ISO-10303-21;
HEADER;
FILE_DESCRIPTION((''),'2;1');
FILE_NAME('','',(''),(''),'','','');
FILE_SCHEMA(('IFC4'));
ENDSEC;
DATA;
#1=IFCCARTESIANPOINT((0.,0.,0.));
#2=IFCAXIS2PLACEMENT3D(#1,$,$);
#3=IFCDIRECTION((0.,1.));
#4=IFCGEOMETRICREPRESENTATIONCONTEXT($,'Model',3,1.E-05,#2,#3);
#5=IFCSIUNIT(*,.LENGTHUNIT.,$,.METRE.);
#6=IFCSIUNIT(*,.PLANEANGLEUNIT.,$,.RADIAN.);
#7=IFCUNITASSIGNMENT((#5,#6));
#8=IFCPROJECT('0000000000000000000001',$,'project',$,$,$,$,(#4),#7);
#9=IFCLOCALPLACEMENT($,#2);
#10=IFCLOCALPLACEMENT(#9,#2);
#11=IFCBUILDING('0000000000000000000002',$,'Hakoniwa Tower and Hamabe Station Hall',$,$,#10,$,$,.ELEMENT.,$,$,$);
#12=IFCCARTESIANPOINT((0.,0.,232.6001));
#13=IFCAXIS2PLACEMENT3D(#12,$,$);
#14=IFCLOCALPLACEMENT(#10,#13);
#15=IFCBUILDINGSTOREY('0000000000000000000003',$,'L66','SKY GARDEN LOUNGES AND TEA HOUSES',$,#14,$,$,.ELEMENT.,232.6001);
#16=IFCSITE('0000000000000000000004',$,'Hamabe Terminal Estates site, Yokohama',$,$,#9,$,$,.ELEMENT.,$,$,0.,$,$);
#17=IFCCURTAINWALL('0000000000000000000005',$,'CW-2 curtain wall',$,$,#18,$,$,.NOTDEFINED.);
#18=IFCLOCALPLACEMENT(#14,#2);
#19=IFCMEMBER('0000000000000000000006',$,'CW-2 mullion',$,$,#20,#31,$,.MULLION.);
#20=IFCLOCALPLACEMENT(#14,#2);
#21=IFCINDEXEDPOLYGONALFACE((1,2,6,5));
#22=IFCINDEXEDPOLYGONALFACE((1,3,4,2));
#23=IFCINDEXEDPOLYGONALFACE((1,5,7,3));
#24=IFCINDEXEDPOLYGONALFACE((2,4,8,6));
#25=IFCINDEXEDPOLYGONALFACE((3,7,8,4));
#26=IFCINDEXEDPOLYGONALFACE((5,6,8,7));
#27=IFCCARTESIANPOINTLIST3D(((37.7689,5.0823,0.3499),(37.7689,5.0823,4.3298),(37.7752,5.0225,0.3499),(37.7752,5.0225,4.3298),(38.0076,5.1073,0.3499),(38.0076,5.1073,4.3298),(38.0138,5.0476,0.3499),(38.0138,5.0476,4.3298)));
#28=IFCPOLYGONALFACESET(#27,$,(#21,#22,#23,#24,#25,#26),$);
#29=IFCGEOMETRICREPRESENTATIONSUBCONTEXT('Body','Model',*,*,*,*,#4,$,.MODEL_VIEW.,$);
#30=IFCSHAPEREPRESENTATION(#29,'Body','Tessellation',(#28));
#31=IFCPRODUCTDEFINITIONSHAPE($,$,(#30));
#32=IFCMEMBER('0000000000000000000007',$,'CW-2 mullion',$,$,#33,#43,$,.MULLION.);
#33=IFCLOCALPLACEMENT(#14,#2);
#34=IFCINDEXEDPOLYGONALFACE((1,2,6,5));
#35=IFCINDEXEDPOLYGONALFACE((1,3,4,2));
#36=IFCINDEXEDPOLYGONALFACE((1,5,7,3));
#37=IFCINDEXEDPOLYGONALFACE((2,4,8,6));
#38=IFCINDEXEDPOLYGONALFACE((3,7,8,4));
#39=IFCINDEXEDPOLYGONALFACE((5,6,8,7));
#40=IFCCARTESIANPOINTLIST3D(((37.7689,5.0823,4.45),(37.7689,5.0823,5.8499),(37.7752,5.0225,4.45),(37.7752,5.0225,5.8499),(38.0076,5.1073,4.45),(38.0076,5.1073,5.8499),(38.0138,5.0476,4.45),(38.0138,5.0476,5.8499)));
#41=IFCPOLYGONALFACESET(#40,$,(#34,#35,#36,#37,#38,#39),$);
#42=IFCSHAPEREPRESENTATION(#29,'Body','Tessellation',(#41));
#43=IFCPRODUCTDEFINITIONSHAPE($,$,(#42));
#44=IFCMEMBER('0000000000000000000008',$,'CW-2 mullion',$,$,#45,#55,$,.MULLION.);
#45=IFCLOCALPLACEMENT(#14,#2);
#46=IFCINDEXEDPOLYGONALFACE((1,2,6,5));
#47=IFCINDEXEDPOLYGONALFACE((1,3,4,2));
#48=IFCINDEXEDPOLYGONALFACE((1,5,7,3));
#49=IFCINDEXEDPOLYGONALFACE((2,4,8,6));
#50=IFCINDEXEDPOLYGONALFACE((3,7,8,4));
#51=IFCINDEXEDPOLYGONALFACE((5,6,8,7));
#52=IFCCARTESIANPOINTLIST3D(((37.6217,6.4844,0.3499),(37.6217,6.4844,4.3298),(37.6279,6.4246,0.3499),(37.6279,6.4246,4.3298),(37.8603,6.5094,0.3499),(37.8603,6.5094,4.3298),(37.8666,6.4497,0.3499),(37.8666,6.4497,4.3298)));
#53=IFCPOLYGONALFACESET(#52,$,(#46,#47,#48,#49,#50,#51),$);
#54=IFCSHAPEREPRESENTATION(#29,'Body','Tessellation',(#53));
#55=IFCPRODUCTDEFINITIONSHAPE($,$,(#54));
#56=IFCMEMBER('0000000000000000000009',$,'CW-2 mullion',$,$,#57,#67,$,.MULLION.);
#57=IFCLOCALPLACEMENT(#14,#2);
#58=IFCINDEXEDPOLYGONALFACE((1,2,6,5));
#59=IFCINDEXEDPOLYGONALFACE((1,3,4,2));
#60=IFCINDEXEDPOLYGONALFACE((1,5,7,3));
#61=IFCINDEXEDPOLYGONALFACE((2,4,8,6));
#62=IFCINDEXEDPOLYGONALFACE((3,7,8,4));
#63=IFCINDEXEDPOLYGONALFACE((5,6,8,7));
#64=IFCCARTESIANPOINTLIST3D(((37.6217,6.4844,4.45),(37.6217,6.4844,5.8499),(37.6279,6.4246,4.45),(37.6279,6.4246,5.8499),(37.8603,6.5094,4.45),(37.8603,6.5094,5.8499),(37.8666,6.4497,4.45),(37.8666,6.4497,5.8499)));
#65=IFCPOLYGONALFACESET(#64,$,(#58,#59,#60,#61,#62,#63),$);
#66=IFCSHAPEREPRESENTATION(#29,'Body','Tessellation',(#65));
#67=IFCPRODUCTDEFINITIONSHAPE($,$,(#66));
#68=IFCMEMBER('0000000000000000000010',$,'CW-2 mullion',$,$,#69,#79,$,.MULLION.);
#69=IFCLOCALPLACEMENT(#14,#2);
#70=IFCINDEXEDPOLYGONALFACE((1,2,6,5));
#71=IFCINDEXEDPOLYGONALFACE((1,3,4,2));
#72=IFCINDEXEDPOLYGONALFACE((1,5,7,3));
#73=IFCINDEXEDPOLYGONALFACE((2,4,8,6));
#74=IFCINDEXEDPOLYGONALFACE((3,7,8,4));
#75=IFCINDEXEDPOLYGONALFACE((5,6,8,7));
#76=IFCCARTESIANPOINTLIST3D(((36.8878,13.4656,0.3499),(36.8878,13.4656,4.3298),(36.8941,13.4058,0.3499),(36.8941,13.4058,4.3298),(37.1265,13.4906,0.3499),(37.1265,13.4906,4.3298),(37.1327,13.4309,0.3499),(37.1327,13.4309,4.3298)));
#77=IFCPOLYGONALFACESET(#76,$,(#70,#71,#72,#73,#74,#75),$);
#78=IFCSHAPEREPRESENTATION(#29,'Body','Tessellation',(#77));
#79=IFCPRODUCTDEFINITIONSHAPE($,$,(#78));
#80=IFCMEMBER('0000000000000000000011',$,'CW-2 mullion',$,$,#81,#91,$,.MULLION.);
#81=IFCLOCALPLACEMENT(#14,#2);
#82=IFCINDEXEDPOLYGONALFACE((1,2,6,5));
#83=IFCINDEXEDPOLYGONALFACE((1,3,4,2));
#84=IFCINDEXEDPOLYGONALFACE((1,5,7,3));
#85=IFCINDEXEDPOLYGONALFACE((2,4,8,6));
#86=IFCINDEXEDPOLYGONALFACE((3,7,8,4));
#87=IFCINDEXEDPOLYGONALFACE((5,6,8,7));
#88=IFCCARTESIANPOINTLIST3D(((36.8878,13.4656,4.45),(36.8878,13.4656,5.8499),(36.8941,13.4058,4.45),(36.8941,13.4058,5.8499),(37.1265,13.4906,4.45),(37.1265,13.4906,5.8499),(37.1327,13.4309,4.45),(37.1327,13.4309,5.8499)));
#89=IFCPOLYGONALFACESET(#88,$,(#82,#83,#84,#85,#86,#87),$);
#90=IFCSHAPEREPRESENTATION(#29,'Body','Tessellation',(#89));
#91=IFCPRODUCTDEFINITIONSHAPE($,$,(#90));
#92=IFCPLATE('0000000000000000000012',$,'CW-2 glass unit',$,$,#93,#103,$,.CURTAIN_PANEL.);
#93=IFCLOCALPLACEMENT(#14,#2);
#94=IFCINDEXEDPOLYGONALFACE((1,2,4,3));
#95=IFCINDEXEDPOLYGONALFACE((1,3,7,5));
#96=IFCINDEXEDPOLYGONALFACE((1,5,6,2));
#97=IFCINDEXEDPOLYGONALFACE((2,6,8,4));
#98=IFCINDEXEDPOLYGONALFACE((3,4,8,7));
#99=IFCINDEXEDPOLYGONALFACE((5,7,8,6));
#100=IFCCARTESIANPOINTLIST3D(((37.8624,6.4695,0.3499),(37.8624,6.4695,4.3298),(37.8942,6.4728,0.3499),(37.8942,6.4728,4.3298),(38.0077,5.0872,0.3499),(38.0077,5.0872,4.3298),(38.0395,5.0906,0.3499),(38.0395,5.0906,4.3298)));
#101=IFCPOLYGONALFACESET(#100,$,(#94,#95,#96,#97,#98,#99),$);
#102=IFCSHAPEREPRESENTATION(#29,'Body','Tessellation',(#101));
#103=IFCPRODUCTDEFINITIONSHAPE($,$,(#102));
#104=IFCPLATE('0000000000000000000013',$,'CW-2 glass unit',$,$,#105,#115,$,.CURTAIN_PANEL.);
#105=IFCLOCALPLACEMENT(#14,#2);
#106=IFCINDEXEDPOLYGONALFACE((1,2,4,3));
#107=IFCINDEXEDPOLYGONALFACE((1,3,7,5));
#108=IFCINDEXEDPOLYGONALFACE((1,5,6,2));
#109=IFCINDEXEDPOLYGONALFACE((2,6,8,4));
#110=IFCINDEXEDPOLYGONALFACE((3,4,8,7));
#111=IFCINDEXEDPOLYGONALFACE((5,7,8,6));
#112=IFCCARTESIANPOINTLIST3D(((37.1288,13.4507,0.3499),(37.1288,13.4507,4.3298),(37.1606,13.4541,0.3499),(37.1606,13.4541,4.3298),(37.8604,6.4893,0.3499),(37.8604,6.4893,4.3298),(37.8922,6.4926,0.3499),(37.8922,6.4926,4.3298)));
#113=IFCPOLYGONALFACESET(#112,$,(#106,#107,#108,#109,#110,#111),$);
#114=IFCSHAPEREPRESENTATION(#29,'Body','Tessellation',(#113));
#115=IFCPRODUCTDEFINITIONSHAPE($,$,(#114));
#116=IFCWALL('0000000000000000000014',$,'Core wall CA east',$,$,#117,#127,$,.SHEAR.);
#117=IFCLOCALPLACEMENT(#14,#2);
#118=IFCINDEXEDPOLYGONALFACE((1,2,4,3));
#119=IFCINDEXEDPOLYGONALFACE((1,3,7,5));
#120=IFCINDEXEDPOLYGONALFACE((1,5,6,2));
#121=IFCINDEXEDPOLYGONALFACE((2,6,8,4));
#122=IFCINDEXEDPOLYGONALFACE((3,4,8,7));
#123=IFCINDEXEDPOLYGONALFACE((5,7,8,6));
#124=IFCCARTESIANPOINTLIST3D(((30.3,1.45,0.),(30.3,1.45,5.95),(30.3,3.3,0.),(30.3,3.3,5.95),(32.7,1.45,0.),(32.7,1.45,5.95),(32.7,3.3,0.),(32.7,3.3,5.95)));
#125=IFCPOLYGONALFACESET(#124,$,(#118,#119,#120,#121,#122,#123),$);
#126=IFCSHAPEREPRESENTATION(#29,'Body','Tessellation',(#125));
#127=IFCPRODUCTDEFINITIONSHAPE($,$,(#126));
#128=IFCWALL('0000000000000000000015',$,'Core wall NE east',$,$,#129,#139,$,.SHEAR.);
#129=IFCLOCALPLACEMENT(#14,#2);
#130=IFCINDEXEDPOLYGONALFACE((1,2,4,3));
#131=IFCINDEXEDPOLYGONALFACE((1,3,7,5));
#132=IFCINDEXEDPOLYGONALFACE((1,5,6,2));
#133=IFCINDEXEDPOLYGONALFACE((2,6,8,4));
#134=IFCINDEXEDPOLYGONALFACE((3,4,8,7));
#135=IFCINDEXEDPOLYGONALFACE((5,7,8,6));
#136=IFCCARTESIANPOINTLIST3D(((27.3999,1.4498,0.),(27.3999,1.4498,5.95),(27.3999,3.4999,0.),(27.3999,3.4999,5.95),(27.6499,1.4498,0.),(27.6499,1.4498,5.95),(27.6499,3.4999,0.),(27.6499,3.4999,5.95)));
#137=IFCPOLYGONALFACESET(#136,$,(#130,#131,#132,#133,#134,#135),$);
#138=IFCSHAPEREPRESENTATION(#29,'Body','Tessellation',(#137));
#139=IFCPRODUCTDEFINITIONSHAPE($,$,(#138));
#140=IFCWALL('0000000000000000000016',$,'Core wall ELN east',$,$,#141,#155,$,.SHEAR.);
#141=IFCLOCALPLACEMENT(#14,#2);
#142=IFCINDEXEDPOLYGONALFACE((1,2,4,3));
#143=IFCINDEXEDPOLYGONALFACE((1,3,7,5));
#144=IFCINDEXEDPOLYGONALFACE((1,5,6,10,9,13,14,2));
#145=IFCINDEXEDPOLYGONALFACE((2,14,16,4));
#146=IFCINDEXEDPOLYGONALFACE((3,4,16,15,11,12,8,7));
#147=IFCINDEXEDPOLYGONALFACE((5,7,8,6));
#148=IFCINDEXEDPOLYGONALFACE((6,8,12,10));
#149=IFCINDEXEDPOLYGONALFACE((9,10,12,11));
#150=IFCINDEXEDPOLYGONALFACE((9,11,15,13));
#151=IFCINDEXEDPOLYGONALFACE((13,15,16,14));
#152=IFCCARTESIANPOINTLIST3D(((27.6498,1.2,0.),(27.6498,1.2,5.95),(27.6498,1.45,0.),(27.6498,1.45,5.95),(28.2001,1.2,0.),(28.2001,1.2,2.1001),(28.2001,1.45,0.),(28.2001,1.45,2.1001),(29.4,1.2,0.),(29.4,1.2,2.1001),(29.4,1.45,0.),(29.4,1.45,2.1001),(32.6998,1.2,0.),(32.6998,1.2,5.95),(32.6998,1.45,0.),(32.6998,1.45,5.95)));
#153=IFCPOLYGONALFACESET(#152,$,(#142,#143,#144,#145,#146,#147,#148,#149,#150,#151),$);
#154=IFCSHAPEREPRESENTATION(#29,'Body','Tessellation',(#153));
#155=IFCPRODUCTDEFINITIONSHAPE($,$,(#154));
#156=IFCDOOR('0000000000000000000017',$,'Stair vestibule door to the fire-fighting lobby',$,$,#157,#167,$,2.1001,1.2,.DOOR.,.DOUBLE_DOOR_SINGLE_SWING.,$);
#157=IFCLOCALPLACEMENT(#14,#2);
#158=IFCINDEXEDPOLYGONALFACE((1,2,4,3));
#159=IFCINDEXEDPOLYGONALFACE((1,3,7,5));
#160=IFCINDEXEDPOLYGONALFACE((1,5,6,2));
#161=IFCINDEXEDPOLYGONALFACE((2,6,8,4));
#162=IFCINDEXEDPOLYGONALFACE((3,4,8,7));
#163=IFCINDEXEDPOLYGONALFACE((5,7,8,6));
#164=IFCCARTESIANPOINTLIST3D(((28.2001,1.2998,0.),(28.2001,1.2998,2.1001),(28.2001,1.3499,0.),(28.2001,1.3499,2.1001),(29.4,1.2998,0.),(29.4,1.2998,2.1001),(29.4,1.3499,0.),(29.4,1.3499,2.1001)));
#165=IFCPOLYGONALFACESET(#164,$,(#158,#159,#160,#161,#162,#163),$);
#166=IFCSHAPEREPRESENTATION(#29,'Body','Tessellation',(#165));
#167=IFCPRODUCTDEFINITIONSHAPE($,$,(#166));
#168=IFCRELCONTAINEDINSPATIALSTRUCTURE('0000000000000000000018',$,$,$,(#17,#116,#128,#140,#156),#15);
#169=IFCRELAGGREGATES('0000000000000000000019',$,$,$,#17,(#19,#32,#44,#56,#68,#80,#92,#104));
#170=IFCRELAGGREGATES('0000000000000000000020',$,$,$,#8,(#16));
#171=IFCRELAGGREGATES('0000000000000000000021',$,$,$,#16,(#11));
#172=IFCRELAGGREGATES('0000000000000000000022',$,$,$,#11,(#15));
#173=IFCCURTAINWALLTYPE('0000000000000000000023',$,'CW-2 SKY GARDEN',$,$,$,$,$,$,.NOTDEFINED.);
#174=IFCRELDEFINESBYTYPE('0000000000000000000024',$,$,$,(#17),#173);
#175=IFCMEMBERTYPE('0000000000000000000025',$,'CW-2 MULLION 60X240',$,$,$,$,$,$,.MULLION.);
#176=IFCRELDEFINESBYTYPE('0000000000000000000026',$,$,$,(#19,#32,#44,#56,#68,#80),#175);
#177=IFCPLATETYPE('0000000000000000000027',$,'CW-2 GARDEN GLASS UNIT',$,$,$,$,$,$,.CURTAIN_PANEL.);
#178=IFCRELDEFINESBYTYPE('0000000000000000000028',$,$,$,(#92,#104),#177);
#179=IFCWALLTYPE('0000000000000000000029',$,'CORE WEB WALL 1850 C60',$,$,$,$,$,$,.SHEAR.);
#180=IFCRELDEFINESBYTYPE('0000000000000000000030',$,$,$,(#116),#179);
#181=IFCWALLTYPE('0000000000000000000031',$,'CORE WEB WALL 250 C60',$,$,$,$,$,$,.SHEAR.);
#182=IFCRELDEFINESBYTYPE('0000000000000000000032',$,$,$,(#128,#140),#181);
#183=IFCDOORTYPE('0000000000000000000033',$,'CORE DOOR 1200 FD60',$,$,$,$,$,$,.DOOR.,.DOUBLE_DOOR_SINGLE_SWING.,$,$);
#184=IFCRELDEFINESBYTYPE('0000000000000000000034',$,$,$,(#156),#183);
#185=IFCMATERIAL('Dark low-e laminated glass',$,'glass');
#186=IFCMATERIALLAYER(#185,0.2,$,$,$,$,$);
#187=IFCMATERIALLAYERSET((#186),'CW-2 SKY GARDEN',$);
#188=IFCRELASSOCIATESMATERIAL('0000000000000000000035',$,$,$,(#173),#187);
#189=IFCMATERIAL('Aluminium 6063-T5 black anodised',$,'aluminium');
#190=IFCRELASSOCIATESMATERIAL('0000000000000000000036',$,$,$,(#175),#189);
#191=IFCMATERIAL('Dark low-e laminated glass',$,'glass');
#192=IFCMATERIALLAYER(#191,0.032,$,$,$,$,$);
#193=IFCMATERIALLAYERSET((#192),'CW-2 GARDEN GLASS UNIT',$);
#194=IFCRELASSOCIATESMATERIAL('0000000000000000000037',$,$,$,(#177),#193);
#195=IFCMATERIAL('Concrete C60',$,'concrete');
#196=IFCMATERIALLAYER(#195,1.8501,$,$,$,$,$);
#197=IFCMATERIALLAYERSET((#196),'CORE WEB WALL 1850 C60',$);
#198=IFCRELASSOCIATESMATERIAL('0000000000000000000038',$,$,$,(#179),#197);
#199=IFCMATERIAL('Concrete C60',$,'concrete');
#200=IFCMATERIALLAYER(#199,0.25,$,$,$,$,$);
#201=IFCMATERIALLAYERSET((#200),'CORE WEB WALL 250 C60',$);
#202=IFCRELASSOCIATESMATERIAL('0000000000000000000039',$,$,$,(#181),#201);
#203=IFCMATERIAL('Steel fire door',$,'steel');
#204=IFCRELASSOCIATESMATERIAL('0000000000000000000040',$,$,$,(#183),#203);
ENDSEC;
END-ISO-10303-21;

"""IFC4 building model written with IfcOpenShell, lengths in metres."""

from ifc_helpers import new_model, si_unit, direction, frame, frame_2d, origin, origin_2d, place, context, subcontext, project, spatial, rectangle, extrude, material, layer, layer_set, material_profile, profile_set, type_object, element, fill, aggregate, save


model = new_model("IFC4")

# Units and contexts
model_context = context("Model", 3, precision=1e-05, world=origin(), true_north=direction((0.0, 1.0)))
body_context = subcontext(model_context, "Body", "Model", "MODEL_VIEW")
ifc_project = project(units=[si_unit("LENGTHUNIT", "METRE"), si_unit("PLANEANGLEUNIT", "RADIAN")], contexts=[model_context])

# Site, building, storey
site_placement = place(None, origin())
site = spatial("IfcSite", under=ifc_project, at=site_placement, Name="Hamabe Terminal Estates site, Yokohama", CompositionType="ELEMENT", RefElevation=0.0)
building_placement = place(site_placement, origin())
building = spatial("IfcBuilding", under=site, at=building_placement, Name="Hakoniwa Tower and Hamabe Station Hall", CompositionType="ELEMENT")
storey_placement = place(building_placement, frame((0.0, 0.0, 232.6001)))
storey = spatial("IfcBuildingStorey", under=building, at=storey_placement, Name="L66", Description="SKY GARDEN LOUNGES AND TEA HOUSES", CompositionType="ELEMENT", Elevation=232.6001)

# Curtain wall, members, plates
ifc_material_1 = material(Name="Dark low-e laminated glass", Category="glass")
ifc_layer_1 = layer(ifc_material_1, 0.2)
ifc_layer_set_1 = layer_set([ifc_layer_1], Name="CW-2 SKY GARDEN")
curtain_wall_type = type_object("IfcCurtainWallType", Name="CW-2 SKY GARDEN", PredefinedType="NOTDEFINED", material=ifc_layer_set_1)
curtain_wall_placement = place(storey_placement, origin())
curtain_wall = element("IfcCurtainWall", 1, at=curtain_wall_placement, inside=storey, type_object=curtain_wall_type, Name="CW-2 curtain wall", PredefinedType="NOTDEFINED")
ifc_material_2 = material(Name="Aluminium 6063-T5 black anodised", Category="aluminium")
ifc_material_profile_1 = material_profile(ifc_material_2, rectangle(XDim=0.0601, YDim=0.24, at=origin_2d()), Name="CW-2 MULLION 60X240")
ifc_profile_set_1 = profile_set([ifc_material_profile_1], Name="Aluminium 6063-T5 black anodised")
member_type_1 = type_object("IfcMemberType", Name="CW-2 MULLION 60X240", PredefinedType="MULLION", material=ifc_profile_set_1)
member_1_placement = place(storey_placement, frame((37.8914, 5.0649, 0.3499), z_axis=(0.0, 0.0, 1.0), x_axis=(-0.104528, 0.994522, 0.0)))
member_1 = element("IfcMember", 2, at=member_1_placement, type_object=member_type_1, Name="CW-2 mullion", PredefinedType="MULLION", context=body_context, shape_type="SweptSolid", body=[
    extrude(rectangle(XDim=0.0601, YDim=0.24, at=origin_2d()), origin(), (0.0, 0.0, 1.0), 3.98),
])
member_2_placement = place(storey_placement, frame((37.8914, 5.0649, 4.45), z_axis=(0.0, 0.0, 1.0), x_axis=(-0.104528, 0.994522, 0.0)))
member_2 = element("IfcMember", 3, at=member_2_placement, type_object=member_type_1, Name="CW-2 mullion", PredefinedType="MULLION", context=body_context, shape_type="SweptSolid", body=[
    extrude(rectangle(XDim=0.0601, YDim=0.24, at=origin_2d()), origin(), (0.0, 0.0, 1.0), 1.3999),
])
member_3_placement = place(storey_placement, frame((37.7441, 6.467, 0.3499), z_axis=(0.0, 0.0, 1.0), x_axis=(-0.104528, 0.994522, 0.0)))
member_3 = element("IfcMember", 4, at=member_3_placement, type_object=member_type_1, Name="CW-2 mullion", PredefinedType="MULLION", context=body_context, shape_type="SweptSolid", body=[
    extrude(rectangle(XDim=0.0601, YDim=0.24, at=origin_2d()), origin(), (0.0, 0.0, 1.0), 3.98),
])
member_4_placement = place(storey_placement, frame((37.7441, 6.467, 4.45), z_axis=(0.0, 0.0, 1.0), x_axis=(-0.104528, 0.994522, 0.0)))
member_4 = element("IfcMember", 5, at=member_4_placement, type_object=member_type_1, Name="CW-2 mullion", PredefinedType="MULLION", context=body_context, shape_type="SweptSolid", body=[
    extrude(rectangle(XDim=0.0601, YDim=0.24, at=origin_2d()), origin(), (0.0, 0.0, 1.0), 1.3999),
])
member_5_placement = place(storey_placement, frame((37.0103, 13.4482, 0.3499), z_axis=(0.0, 0.0, 1.0), x_axis=(-0.104528, 0.994522, 0.0)))
member_5 = element("IfcMember", 6, at=member_5_placement, type_object=member_type_1, Name="CW-2 mullion", PredefinedType="MULLION", context=body_context, shape_type="SweptSolid", body=[
    extrude(rectangle(XDim=0.0601, YDim=0.24, at=origin_2d()), origin(), (0.0, 0.0, 1.0), 3.98),
])
member_6_placement = place(storey_placement, frame((37.0103, 13.4482, 4.45), z_axis=(0.0, 0.0, 1.0), x_axis=(-0.104528, 0.994522, 0.0)))
member_6 = element("IfcMember", 7, at=member_6_placement, type_object=member_type_1, Name="CW-2 mullion", PredefinedType="MULLION", context=body_context, shape_type="SweptSolid", body=[
    extrude(rectangle(XDim=0.0601, YDim=0.24, at=origin_2d()), origin(), (0.0, 0.0, 1.0), 1.3999),
])
ifc_material_3 = material(Name="Dark low-e laminated glass", Category="glass")
ifc_layer_2 = layer(ifc_material_3, 0.032)
ifc_layer_set_2 = layer_set([ifc_layer_2], Name="CW-2 GARDEN GLASS UNIT")
plate_type = type_object("IfcPlateType", Name="CW-2 GARDEN GLASS UNIT", PredefinedType="CURTAIN_PANEL", material=ifc_layer_set_2)
plate_1_placement = place(storey_placement, frame((37.9509, 5.78, 0.3499), z_axis=(0.0, 0.0, 1.0), x_axis=(-0.104528, 0.994522, 0.0)))
plate_1 = element("IfcPlate", 8, at=plate_1_placement, type_object=plate_type, Name="CW-2 glass unit", PredefinedType="CURTAIN_PANEL", context=body_context, shape_type="SweptSolid", body=[
    extrude(rectangle(XDim=1.3899, YDim=0.032, at=origin_2d()), origin(), (0.0, 0.0, 1.0), 3.98),
])
plate_2_placement = place(storey_placement, frame((37.5105, 9.9717, 0.3499), z_axis=(0.0, 0.0, 1.0), x_axis=(-0.104528, 0.994522, 0.0)))
plate_2 = element("IfcPlate", 9, at=plate_2_placement, type_object=plate_type, Name="CW-2 glass unit", PredefinedType="CURTAIN_PANEL", context=body_context, shape_type="SweptSolid", body=[
    extrude(rectangle(XDim=6.9998, YDim=0.032, at=origin_2d()), origin(), (0.0, 0.0, 1.0), 3.98),
])

# Walls
ifc_material_4 = material(Name="Concrete C60", Category="concrete")
ifc_layer_3 = layer(ifc_material_4, 1.8501)
ifc_layer_set_3 = layer_set([ifc_layer_3], Name="CORE WEB WALL 1850 C60")
wall_type_1 = type_object("IfcWallType", Name="CORE WEB WALL 1850 C60", PredefinedType="SHEAR", material=ifc_layer_set_3)
wall_1_placement = place(storey_placement, frame((30.3, 2.375, 0.0), z_axis=(0.0, 0.0, 1.0), x_axis=(1.0, 0.0, 0.0)))
element("IfcWall", 10, at=wall_1_placement, inside=storey, type_object=wall_type_1, Name="Core wall CA east", PredefinedType="SHEAR", context=body_context, shape_type="SweptSolid", body=[
    extrude(rectangle(XDim=2.3999, YDim=1.8501, at=frame_2d((1.2, 0.0))), origin(), (0.0, 0.0, 1.0), 5.95),
])
ifc_material_5 = material(Name="Concrete C60", Category="concrete")
ifc_layer_4 = layer(ifc_material_5, 0.25)
ifc_layer_set_4 = layer_set([ifc_layer_4], Name="CORE WEB WALL 250 C60")
wall_type_2 = type_object("IfcWallType", Name="CORE WEB WALL 250 C60", PredefinedType="SHEAR", material=ifc_layer_set_4)
wall_2_placement = place(storey_placement, frame((27.5249, 1.45, 0.0), z_axis=(0.0, 0.0, 1.0), x_axis=(0.0, 1.0, 0.0)))
element("IfcWall", 11, at=wall_2_placement, inside=storey, type_object=wall_type_2, Name="Core wall NE east", PredefinedType="SHEAR", context=body_context, shape_type="SweptSolid", body=[
    extrude(rectangle(XDim=2.05, YDim=0.25, at=frame_2d((1.0249, 0.0))), origin(), (0.0, 0.0, 1.0), 5.95),
])

# Wall, opening, door
wall_3_placement = place(storey_placement, frame((27.6499, 1.325, 0.0), z_axis=(0.0, 0.0, 1.0), x_axis=(1.0, 0.0, 0.0)))
wall_3 = element("IfcWall", 12, at=wall_3_placement, inside=storey, type_object=wall_type_2, Name="Core wall ELN east", PredefinedType="SHEAR", context=body_context, shape_type="SweptSolid", body=[
    extrude(rectangle(XDim=5.05, YDim=0.25, at=frame_2d((2.5249, 0.0))), origin(), (0.0, 0.0, 1.0), 5.95),
])
opening_1_placement = place(wall_3_placement, frame((0.55, 0.0, 0.0)))
opening_1 = element("IfcOpeningElement", 13, at=opening_1_placement, cuts=wall_3, PredefinedType="OPENING", context=body_context, shape_type="SweptSolid", body=[
    extrude(rectangle(XDim=1.2, YDim=2.1001, at=frame_2d((0.6001, 1.05))), frame((0.0, 0.135, 0.0), z_axis=(0.0, -1.0, 0.0), x_axis=(1.0, 0.0, 0.0)), (0.0, 0.0, 1.0), 0.27),
])
ifc_material_6 = material(Name="Steel fire door", Category="steel")
door_type_1 = type_object("IfcDoorType", Name="CORE DOOR 1200 FD60", OperationType="DOUBLE_DOOR_SINGLE_SWING", PredefinedType="DOOR", material=ifc_material_6)
door_1_placement = place(opening_1_placement, origin())
door_1 = element("IfcDoor", 14, at=door_1_placement, inside=storey, type_object=door_type_1, Name="Stair vestibule door to the fire-fighting lobby", OperationType="DOUBLE_DOOR_SINGLE_SWING", OverallHeight=2.1001, OverallWidth=1.2, PredefinedType="DOOR", context=body_context, shape_type="SweptSolid", body=[
    extrude(rectangle(XDim=1.2, YDim=2.1001, at=frame_2d((0.6001, 1.05))), frame((0.0, 0.0249, 0.0), z_axis=(0.0, -1.0, 0.0), x_axis=(1.0, 0.0, 0.0)), (0.0, 0.0, 1.0), 0.05),
])
fill(opening_1, door_1)

aggregate(curtain_wall, [member_1, member_2, member_3, member_4, member_5, member_6, plate_1, plate_2])

save(model, "model.ifc")
